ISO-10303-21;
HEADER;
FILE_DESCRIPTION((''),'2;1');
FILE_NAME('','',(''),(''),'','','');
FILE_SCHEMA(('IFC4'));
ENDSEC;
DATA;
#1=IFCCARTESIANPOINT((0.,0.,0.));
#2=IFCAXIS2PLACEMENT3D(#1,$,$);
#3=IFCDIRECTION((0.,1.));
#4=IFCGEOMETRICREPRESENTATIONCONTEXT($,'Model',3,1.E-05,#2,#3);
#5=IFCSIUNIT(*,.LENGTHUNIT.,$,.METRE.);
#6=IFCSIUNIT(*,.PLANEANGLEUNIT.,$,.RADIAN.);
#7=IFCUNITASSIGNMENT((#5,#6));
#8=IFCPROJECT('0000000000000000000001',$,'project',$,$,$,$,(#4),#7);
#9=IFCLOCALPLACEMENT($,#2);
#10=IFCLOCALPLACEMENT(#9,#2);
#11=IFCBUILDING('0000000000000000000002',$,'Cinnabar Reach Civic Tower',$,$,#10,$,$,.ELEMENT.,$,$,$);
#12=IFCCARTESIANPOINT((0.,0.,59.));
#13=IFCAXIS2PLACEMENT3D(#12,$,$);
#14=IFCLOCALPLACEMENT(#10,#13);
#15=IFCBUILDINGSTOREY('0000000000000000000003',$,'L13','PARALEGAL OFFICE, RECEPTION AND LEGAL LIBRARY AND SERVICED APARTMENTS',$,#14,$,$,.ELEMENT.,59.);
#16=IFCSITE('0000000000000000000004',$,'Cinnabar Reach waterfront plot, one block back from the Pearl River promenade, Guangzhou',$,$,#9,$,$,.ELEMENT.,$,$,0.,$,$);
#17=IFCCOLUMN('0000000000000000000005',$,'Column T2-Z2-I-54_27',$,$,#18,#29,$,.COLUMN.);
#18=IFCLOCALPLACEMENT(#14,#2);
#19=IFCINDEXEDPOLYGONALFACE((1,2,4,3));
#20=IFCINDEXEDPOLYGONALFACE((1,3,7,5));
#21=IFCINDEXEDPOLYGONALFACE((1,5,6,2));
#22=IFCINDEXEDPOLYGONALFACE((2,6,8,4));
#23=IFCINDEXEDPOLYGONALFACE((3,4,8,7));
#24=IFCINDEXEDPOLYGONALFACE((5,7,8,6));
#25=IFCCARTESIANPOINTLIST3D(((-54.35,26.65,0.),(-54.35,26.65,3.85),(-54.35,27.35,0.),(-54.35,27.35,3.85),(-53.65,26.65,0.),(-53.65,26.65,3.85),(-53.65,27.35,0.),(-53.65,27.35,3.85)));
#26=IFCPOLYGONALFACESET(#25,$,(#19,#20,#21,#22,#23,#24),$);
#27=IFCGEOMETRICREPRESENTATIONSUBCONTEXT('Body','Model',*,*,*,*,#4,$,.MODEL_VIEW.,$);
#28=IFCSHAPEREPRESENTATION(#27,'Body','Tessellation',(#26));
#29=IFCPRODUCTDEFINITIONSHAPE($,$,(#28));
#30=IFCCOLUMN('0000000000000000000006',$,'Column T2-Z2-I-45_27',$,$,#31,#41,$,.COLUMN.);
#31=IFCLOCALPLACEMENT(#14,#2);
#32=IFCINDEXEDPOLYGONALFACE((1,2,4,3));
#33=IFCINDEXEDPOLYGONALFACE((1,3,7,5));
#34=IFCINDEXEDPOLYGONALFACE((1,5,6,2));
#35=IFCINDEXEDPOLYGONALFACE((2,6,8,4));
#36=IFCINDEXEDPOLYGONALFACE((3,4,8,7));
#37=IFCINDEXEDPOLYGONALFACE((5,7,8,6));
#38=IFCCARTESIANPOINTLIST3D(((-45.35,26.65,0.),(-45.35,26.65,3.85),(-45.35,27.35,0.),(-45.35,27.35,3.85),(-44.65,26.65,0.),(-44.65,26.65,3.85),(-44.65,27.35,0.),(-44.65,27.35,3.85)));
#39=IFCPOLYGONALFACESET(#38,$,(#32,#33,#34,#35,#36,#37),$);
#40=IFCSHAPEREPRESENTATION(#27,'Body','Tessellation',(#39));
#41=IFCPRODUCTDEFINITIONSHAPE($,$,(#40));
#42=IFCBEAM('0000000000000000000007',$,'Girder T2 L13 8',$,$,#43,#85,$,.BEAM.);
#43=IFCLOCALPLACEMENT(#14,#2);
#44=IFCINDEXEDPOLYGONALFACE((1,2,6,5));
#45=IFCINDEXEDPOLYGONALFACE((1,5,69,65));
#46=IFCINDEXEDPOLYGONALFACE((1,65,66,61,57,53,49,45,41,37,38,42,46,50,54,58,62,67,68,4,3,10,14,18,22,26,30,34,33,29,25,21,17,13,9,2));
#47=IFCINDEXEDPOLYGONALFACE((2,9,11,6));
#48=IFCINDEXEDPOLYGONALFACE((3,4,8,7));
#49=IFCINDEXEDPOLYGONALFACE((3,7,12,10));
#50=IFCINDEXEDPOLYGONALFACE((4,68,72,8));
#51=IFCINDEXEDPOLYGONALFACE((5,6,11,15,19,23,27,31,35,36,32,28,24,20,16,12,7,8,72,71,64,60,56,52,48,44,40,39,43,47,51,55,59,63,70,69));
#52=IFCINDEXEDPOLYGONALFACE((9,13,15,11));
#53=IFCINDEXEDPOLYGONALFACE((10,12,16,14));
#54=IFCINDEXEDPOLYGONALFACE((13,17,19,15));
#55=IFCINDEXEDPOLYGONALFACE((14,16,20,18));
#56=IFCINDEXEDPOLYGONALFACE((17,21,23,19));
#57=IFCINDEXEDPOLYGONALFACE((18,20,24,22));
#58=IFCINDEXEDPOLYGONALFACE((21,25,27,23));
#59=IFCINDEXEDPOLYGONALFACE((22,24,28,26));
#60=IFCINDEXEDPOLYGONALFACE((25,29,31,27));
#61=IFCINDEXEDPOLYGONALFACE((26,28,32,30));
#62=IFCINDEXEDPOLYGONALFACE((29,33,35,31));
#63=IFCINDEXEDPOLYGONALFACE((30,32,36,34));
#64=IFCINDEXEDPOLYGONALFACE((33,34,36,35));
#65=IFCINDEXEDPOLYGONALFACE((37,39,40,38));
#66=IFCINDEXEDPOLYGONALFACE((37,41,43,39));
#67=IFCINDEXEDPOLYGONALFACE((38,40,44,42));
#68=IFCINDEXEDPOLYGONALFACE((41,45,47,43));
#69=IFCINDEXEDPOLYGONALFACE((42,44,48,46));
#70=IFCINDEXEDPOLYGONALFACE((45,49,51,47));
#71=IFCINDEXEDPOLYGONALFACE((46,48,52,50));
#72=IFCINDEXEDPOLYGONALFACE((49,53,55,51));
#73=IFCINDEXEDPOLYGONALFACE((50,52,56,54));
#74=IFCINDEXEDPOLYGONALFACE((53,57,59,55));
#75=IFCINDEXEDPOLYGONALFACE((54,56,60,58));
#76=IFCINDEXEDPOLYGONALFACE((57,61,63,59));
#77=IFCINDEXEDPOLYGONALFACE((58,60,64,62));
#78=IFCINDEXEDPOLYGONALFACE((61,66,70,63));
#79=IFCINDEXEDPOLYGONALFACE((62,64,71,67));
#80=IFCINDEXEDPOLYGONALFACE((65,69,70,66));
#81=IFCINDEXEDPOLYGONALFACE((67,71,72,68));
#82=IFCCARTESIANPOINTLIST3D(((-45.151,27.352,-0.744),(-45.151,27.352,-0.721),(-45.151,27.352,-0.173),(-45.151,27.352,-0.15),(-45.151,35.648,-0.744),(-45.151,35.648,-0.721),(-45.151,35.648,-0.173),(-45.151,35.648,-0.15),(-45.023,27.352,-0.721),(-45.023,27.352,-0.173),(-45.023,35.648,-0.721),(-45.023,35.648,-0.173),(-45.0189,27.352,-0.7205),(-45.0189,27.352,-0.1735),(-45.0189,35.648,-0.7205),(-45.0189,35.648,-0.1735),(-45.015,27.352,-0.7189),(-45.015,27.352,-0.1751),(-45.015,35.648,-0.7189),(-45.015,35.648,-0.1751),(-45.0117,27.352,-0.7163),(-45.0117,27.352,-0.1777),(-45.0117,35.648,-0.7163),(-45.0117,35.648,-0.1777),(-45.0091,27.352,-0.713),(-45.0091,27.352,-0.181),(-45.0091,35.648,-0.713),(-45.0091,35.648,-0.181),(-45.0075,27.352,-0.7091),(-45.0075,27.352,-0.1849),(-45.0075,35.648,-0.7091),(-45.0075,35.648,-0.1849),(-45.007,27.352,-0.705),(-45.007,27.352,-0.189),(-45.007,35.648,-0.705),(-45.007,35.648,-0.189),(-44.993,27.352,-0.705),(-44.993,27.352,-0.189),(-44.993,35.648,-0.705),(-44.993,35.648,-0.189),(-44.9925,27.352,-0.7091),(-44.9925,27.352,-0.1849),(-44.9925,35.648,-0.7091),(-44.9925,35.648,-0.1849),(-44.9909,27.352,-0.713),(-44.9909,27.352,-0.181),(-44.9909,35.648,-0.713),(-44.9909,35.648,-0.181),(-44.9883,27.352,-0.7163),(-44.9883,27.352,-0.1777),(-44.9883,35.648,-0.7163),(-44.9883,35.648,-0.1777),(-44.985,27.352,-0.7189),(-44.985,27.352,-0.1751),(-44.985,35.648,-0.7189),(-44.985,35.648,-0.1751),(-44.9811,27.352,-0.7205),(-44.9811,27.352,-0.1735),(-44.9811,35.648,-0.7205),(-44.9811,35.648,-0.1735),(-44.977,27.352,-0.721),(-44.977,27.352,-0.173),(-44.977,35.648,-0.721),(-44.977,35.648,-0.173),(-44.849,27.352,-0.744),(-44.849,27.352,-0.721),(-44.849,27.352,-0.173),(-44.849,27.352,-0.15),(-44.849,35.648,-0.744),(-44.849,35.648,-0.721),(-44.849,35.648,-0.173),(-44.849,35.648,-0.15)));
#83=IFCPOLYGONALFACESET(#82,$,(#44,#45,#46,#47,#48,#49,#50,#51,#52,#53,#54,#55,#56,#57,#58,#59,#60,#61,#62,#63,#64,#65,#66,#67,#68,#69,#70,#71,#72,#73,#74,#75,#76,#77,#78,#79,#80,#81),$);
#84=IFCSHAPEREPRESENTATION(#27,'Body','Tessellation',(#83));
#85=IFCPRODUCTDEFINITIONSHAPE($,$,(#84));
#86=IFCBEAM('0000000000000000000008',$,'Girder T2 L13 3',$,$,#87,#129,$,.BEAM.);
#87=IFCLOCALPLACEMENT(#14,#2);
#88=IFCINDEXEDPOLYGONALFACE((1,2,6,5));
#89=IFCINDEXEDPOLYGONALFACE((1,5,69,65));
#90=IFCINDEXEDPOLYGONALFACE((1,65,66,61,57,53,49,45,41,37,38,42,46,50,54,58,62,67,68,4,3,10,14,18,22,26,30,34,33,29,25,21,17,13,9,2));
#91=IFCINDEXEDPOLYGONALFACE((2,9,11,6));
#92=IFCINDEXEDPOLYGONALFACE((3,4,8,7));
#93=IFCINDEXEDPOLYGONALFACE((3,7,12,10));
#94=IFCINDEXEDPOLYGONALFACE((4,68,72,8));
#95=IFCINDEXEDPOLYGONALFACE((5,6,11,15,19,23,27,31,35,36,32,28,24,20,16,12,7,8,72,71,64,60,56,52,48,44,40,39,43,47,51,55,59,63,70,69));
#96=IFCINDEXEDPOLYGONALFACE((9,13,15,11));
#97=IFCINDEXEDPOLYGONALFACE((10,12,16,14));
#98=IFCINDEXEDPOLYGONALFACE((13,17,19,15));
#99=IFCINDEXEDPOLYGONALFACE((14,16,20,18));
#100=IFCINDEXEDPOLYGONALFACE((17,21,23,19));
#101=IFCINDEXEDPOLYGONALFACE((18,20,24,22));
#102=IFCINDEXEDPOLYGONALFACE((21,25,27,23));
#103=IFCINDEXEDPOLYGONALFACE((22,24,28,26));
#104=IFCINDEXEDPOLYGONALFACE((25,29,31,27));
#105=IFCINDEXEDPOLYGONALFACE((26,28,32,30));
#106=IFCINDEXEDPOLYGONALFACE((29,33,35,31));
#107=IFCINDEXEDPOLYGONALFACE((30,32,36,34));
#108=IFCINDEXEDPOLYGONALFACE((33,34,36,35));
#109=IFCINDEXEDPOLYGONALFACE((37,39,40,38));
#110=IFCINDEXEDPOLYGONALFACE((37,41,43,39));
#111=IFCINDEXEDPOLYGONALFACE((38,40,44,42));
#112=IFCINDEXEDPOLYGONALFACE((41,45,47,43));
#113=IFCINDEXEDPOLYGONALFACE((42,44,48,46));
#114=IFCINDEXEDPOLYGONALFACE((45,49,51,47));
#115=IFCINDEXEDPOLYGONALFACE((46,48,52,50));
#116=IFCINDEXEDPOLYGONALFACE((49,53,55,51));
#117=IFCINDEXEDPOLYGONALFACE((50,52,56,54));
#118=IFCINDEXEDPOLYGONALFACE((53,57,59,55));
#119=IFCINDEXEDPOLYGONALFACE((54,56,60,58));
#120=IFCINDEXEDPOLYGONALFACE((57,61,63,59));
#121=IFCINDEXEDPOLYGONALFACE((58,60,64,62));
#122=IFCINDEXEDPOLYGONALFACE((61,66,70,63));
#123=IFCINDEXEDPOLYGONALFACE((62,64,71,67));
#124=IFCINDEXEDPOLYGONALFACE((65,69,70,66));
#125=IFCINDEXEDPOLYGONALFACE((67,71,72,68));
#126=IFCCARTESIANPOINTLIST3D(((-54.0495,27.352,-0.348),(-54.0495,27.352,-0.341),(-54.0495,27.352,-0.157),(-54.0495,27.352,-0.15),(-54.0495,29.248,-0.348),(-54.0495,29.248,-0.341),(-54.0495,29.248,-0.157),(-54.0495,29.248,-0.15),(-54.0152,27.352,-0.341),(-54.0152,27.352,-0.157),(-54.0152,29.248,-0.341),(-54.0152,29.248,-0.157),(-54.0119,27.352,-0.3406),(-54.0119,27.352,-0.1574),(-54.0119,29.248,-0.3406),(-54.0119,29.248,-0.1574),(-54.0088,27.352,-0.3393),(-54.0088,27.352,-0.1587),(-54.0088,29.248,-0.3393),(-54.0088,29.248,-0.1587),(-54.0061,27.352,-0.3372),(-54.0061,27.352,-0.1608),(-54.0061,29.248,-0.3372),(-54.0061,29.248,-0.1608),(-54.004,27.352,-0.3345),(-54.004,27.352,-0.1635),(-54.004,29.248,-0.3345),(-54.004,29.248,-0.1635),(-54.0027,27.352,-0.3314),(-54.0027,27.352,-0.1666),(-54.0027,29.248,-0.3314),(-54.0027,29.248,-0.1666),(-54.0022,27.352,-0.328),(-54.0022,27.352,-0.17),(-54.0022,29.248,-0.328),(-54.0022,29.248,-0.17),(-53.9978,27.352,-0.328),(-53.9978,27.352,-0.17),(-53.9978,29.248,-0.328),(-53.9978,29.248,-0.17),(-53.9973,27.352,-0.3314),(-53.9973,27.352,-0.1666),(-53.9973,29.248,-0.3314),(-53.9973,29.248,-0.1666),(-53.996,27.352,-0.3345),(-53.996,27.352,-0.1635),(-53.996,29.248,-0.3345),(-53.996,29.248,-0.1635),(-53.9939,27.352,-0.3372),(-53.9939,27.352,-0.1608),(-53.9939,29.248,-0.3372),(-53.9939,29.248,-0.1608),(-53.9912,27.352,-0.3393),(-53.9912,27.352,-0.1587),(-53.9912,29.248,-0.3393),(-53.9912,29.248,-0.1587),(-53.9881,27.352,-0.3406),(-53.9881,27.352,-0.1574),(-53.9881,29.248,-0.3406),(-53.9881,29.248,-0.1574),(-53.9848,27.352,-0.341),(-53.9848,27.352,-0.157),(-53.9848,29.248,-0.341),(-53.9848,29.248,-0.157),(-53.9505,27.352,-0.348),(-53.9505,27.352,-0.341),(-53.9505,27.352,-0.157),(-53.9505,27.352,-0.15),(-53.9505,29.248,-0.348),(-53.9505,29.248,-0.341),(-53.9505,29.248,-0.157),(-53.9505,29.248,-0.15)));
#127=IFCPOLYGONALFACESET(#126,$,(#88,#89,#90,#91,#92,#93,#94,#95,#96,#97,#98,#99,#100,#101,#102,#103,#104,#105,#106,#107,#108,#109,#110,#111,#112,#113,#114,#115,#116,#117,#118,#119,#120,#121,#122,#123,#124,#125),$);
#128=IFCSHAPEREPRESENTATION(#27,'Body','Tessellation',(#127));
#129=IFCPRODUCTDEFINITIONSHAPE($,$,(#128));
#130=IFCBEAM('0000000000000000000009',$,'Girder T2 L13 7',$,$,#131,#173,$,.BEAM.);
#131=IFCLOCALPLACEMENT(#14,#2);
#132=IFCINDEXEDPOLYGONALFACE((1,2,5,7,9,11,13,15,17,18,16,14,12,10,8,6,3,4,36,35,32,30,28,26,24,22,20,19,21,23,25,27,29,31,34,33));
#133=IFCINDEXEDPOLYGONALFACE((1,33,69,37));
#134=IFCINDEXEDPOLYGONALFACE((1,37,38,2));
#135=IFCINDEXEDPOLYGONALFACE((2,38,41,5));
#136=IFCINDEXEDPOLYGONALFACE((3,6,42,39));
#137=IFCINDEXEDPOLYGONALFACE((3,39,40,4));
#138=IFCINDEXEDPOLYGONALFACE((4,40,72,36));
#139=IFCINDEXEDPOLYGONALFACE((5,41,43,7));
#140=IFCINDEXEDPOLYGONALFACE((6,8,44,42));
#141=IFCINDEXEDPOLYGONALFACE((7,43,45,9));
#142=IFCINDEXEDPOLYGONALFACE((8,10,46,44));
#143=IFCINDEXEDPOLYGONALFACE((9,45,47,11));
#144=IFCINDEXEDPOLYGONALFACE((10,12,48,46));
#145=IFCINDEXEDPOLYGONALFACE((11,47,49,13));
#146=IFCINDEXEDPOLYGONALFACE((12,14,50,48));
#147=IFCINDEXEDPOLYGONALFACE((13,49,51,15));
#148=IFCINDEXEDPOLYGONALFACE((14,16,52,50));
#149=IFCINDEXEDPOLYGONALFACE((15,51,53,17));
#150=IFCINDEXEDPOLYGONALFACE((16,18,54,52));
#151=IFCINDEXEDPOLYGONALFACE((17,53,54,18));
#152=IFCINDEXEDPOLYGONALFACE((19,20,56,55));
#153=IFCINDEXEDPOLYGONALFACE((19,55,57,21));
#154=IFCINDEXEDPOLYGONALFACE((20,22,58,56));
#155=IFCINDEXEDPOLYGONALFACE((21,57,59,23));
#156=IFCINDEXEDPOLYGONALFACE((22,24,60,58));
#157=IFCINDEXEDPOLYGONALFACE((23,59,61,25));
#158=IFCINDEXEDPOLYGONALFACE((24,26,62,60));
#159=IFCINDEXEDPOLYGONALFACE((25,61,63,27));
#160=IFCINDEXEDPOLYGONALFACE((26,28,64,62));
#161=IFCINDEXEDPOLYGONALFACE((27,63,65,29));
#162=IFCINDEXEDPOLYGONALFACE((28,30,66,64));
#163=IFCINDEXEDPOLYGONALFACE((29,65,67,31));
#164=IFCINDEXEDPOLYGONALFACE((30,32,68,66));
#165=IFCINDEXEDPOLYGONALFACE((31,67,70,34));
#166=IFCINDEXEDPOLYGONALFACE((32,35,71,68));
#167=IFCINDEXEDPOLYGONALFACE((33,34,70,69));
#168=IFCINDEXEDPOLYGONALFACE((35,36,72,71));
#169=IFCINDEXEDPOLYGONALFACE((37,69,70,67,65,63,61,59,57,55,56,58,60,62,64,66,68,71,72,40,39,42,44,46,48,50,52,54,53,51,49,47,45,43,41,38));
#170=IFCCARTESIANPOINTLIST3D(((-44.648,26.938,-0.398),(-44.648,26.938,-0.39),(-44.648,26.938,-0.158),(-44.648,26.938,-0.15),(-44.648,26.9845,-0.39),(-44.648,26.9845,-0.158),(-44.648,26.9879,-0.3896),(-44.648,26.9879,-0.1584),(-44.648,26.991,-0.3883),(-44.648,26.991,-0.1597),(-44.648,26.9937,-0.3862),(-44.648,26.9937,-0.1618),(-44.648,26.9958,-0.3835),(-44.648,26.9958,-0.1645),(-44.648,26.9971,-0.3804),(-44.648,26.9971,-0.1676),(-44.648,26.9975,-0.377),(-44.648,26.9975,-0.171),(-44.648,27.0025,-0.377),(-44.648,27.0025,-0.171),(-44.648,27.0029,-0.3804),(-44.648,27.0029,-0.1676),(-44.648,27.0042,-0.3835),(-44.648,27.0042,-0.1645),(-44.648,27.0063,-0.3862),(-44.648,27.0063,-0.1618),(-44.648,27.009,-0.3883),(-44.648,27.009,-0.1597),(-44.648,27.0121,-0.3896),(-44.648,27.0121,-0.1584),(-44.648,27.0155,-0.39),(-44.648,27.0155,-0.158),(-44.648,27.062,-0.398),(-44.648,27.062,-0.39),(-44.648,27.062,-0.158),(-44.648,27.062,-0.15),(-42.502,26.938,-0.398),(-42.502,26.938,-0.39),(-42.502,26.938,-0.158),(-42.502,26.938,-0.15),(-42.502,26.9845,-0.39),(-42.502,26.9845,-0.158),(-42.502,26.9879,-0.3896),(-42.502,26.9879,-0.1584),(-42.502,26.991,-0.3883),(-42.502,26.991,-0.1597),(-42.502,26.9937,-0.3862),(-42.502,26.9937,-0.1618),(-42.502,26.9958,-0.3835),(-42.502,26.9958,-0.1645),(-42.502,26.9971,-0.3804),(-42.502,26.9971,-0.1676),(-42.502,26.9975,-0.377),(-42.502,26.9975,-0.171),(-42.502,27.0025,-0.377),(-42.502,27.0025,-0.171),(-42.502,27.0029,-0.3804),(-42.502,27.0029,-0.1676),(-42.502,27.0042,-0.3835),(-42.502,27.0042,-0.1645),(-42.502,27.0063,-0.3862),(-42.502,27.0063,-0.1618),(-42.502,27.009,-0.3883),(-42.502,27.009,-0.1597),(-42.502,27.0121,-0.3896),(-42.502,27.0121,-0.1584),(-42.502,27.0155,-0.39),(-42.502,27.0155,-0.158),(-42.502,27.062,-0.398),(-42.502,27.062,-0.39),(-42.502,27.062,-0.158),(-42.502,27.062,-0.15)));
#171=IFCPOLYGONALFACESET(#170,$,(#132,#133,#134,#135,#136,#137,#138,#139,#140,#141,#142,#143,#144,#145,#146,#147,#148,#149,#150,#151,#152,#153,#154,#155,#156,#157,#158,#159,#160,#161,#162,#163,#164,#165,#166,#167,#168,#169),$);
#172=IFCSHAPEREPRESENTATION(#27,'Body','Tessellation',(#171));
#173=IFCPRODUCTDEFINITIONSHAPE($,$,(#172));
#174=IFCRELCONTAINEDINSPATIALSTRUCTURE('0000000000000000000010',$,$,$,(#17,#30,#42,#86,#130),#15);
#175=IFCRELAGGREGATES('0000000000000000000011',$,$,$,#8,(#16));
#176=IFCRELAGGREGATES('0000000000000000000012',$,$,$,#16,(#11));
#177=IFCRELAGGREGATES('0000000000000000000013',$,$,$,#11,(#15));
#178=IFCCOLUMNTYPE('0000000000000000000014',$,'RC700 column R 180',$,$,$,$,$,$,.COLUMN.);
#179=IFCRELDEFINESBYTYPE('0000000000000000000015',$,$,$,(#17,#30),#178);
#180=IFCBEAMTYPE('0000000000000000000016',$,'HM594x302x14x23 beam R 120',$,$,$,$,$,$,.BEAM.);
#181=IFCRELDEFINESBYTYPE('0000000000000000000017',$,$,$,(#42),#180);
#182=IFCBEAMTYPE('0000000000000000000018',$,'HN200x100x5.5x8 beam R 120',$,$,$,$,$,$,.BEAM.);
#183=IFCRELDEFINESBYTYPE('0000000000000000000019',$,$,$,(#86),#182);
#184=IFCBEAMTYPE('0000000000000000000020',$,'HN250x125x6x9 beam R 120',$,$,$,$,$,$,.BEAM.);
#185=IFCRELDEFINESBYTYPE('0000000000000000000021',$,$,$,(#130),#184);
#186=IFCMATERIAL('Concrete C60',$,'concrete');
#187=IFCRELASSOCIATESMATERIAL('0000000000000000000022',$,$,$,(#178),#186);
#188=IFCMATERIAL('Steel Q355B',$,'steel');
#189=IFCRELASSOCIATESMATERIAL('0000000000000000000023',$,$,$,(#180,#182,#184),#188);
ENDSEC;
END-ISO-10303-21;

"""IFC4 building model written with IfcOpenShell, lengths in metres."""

from ifc_helpers import new_model, si_unit, direction, frame, origin, origin_2d, place, context, subcontext, project, spatial, rectangle, i_section, extrude, material, material_profile, profile_set, type_object, element, save


model = new_model("IFC4")

# Units and contexts
model_context = context("Model", 3, precision=1e-05, world=origin(), true_north=direction((0.0, 1.0)))
body_context = subcontext(model_context, "Body", "Model", "MODEL_VIEW")
ifc_project = project(units=[si_unit("LENGTHUNIT", "METRE"), si_unit("PLANEANGLEUNIT", "RADIAN")], contexts=[model_context])

# Site, building, storey
site_placement = place(None, origin())
site = spatial("IfcSite", under=ifc_project, at=site_placement, Name="Cinnabar Reach waterfront plot, one block back from the Pearl River promenade, Guangzhou", CompositionType="ELEMENT", RefElevation=0.0)
building_placement = place(site_placement, origin())
building = spatial("IfcBuilding", under=site, at=building_placement, Name="Cinnabar Reach Civic Tower", CompositionType="ELEMENT")
storey_placement = place(building_placement, frame((0.0, 0.0, 59.0)))
storey = spatial("IfcBuildingStorey", under=building, at=storey_placement, Name="L13", Description="PARALEGAL OFFICE, RECEPTION AND LEGAL LIBRARY AND SERVICED APARTMENTS", CompositionType="ELEMENT", Elevation=59.0)

# Columns
ifc_material_1 = material(Name="Concrete C60", Category="concrete")
ifc_material_profile_1 = material_profile(ifc_material_1, rectangle(XDim=0.7, YDim=0.7, at=origin_2d()), Name="RC700")
ifc_profile_set_1 = profile_set([ifc_material_profile_1], Name="Concrete C60")
column_type = type_object("IfcColumnType", Name="RC700 column R 180", PredefinedType="COLUMN", material=ifc_profile_set_1)
for number, where, z_axis, x_axis, name in (
    (1, (-54.0, 27.0, 0.0), (0.0, 0.0, 1.0), (1.0, 0.0, 0.0), "Column T2-Z2-I-54_27"),
    (2, (-45.0, 27.0, 0.0), (0.0, 0.0, 1.0), (1.0, 0.0, 0.0), "Column T2-Z2-I-45_27"),
):
    element("IfcColumn", number, at=place(storey_placement, frame(where, z_axis=z_axis, x_axis=x_axis)), inside=storey, type_object=column_type, Name=name, PredefinedType="COLUMN", context=body_context, shape_type="SweptSolid", body=[
        extrude(rectangle(XDim=0.7, YDim=0.7, at=origin_2d()), origin(), (0.0, 0.0, 1.0), 3.85),
    ])

# Beams
ifc_material_2 = material(Name="Steel Q355B", Category="steel")
ifc_material_profile_2 = material_profile(ifc_material_2, i_section(OverallWidth=0.302, OverallDepth=0.594, WebThickness=0.014, FlangeThickness=0.023, FilletRadius=0.016, at=origin_2d()), Name="HM594x302x14x23")
ifc_profile_set_2 = profile_set([ifc_material_profile_2], Name="Steel Q355B")
beam_type_1 = type_object("IfcBeamType", Name="HM594x302x14x23 beam R 120", PredefinedType="BEAM", material=ifc_profile_set_2)
beam_1_placement = place(storey_placement, frame((-45.0, 27.352, -0.447), z_axis=(0.0, 1.0, 0.0), x_axis=(-1.0, 0.0, 0.0)))
element("IfcBeam", 3, at=beam_1_placement, inside=storey, type_object=beam_type_1, Name="Girder T2 L13 8", PredefinedType="BEAM", context=body_context, shape_type="SweptSolid", body=[
    extrude(i_section(OverallWidth=0.302, OverallDepth=0.594, WebThickness=0.014, FlangeThickness=0.023, FilletRadius=0.016, at=origin_2d()), origin(), (0.0, 0.0, 1.0), 8.296),
])
ifc_material_profile_3 = material_profile(ifc_material_2, i_section(OverallWidth=0.099, OverallDepth=0.198, WebThickness=0.0045, FlangeThickness=0.007, FilletRadius=0.013, at=origin_2d()), Name="HN200x100x5.5x8")
ifc_profile_set_3 = profile_set([ifc_material_profile_3], Name="Steel Q355B")
beam_type_2 = type_object("IfcBeamType", Name="HN200x100x5.5x8 beam R 120", PredefinedType="BEAM", material=ifc_profile_set_3)
beam_2_placement = place(storey_placement, frame((-54.0, 27.352, -0.249), z_axis=(0.0, 1.0, 0.0), x_axis=(-1.0, 0.0, 0.0)))
element("IfcBeam", 4, at=beam_2_placement, inside=storey, type_object=beam_type_2, Name="Girder T2 L13 3", PredefinedType="BEAM", context=body_context, shape_type="SweptSolid", body=[
    extrude(i_section(OverallWidth=0.099, OverallDepth=0.198, WebThickness=0.0045, FlangeThickness=0.007, FilletRadius=0.013, at=origin_2d()), origin(), (0.0, 0.0, 1.0), 1.896),
])
ifc_material_profile_4 = material_profile(ifc_material_2, i_section(OverallWidth=0.124, OverallDepth=0.248, WebThickness=0.005, FlangeThickness=0.008, FilletRadius=0.013, at=origin_2d()), Name="HN250x125x6x9")
ifc_profile_set_4 = profile_set([ifc_material_profile_4], Name="Steel Q355B")
beam_type_3 = type_object("IfcBeamType", Name="HN250x125x6x9 beam R 120", PredefinedType="BEAM", material=ifc_profile_set_4)
beam_3_placement = place(storey_placement, frame((-44.648, 27.0, -0.274), z_axis=(1.0, 0.0, 0.0), x_axis=(0.0, 1.0, 0.0)))
element("IfcBeam", 5, at=beam_3_placement, inside=storey, type_object=beam_type_3, Name="Girder T2 L13 7", PredefinedType="BEAM", context=body_context, shape_type="SweptSolid", body=[
    extrude(i_section(OverallWidth=0.124, OverallDepth=0.248, WebThickness=0.005, FlangeThickness=0.008, FilletRadius=0.013, at=origin_2d()), origin(), (0.0, 0.0, 1.0), 2.146),
])

save(model, "model.ifc")
